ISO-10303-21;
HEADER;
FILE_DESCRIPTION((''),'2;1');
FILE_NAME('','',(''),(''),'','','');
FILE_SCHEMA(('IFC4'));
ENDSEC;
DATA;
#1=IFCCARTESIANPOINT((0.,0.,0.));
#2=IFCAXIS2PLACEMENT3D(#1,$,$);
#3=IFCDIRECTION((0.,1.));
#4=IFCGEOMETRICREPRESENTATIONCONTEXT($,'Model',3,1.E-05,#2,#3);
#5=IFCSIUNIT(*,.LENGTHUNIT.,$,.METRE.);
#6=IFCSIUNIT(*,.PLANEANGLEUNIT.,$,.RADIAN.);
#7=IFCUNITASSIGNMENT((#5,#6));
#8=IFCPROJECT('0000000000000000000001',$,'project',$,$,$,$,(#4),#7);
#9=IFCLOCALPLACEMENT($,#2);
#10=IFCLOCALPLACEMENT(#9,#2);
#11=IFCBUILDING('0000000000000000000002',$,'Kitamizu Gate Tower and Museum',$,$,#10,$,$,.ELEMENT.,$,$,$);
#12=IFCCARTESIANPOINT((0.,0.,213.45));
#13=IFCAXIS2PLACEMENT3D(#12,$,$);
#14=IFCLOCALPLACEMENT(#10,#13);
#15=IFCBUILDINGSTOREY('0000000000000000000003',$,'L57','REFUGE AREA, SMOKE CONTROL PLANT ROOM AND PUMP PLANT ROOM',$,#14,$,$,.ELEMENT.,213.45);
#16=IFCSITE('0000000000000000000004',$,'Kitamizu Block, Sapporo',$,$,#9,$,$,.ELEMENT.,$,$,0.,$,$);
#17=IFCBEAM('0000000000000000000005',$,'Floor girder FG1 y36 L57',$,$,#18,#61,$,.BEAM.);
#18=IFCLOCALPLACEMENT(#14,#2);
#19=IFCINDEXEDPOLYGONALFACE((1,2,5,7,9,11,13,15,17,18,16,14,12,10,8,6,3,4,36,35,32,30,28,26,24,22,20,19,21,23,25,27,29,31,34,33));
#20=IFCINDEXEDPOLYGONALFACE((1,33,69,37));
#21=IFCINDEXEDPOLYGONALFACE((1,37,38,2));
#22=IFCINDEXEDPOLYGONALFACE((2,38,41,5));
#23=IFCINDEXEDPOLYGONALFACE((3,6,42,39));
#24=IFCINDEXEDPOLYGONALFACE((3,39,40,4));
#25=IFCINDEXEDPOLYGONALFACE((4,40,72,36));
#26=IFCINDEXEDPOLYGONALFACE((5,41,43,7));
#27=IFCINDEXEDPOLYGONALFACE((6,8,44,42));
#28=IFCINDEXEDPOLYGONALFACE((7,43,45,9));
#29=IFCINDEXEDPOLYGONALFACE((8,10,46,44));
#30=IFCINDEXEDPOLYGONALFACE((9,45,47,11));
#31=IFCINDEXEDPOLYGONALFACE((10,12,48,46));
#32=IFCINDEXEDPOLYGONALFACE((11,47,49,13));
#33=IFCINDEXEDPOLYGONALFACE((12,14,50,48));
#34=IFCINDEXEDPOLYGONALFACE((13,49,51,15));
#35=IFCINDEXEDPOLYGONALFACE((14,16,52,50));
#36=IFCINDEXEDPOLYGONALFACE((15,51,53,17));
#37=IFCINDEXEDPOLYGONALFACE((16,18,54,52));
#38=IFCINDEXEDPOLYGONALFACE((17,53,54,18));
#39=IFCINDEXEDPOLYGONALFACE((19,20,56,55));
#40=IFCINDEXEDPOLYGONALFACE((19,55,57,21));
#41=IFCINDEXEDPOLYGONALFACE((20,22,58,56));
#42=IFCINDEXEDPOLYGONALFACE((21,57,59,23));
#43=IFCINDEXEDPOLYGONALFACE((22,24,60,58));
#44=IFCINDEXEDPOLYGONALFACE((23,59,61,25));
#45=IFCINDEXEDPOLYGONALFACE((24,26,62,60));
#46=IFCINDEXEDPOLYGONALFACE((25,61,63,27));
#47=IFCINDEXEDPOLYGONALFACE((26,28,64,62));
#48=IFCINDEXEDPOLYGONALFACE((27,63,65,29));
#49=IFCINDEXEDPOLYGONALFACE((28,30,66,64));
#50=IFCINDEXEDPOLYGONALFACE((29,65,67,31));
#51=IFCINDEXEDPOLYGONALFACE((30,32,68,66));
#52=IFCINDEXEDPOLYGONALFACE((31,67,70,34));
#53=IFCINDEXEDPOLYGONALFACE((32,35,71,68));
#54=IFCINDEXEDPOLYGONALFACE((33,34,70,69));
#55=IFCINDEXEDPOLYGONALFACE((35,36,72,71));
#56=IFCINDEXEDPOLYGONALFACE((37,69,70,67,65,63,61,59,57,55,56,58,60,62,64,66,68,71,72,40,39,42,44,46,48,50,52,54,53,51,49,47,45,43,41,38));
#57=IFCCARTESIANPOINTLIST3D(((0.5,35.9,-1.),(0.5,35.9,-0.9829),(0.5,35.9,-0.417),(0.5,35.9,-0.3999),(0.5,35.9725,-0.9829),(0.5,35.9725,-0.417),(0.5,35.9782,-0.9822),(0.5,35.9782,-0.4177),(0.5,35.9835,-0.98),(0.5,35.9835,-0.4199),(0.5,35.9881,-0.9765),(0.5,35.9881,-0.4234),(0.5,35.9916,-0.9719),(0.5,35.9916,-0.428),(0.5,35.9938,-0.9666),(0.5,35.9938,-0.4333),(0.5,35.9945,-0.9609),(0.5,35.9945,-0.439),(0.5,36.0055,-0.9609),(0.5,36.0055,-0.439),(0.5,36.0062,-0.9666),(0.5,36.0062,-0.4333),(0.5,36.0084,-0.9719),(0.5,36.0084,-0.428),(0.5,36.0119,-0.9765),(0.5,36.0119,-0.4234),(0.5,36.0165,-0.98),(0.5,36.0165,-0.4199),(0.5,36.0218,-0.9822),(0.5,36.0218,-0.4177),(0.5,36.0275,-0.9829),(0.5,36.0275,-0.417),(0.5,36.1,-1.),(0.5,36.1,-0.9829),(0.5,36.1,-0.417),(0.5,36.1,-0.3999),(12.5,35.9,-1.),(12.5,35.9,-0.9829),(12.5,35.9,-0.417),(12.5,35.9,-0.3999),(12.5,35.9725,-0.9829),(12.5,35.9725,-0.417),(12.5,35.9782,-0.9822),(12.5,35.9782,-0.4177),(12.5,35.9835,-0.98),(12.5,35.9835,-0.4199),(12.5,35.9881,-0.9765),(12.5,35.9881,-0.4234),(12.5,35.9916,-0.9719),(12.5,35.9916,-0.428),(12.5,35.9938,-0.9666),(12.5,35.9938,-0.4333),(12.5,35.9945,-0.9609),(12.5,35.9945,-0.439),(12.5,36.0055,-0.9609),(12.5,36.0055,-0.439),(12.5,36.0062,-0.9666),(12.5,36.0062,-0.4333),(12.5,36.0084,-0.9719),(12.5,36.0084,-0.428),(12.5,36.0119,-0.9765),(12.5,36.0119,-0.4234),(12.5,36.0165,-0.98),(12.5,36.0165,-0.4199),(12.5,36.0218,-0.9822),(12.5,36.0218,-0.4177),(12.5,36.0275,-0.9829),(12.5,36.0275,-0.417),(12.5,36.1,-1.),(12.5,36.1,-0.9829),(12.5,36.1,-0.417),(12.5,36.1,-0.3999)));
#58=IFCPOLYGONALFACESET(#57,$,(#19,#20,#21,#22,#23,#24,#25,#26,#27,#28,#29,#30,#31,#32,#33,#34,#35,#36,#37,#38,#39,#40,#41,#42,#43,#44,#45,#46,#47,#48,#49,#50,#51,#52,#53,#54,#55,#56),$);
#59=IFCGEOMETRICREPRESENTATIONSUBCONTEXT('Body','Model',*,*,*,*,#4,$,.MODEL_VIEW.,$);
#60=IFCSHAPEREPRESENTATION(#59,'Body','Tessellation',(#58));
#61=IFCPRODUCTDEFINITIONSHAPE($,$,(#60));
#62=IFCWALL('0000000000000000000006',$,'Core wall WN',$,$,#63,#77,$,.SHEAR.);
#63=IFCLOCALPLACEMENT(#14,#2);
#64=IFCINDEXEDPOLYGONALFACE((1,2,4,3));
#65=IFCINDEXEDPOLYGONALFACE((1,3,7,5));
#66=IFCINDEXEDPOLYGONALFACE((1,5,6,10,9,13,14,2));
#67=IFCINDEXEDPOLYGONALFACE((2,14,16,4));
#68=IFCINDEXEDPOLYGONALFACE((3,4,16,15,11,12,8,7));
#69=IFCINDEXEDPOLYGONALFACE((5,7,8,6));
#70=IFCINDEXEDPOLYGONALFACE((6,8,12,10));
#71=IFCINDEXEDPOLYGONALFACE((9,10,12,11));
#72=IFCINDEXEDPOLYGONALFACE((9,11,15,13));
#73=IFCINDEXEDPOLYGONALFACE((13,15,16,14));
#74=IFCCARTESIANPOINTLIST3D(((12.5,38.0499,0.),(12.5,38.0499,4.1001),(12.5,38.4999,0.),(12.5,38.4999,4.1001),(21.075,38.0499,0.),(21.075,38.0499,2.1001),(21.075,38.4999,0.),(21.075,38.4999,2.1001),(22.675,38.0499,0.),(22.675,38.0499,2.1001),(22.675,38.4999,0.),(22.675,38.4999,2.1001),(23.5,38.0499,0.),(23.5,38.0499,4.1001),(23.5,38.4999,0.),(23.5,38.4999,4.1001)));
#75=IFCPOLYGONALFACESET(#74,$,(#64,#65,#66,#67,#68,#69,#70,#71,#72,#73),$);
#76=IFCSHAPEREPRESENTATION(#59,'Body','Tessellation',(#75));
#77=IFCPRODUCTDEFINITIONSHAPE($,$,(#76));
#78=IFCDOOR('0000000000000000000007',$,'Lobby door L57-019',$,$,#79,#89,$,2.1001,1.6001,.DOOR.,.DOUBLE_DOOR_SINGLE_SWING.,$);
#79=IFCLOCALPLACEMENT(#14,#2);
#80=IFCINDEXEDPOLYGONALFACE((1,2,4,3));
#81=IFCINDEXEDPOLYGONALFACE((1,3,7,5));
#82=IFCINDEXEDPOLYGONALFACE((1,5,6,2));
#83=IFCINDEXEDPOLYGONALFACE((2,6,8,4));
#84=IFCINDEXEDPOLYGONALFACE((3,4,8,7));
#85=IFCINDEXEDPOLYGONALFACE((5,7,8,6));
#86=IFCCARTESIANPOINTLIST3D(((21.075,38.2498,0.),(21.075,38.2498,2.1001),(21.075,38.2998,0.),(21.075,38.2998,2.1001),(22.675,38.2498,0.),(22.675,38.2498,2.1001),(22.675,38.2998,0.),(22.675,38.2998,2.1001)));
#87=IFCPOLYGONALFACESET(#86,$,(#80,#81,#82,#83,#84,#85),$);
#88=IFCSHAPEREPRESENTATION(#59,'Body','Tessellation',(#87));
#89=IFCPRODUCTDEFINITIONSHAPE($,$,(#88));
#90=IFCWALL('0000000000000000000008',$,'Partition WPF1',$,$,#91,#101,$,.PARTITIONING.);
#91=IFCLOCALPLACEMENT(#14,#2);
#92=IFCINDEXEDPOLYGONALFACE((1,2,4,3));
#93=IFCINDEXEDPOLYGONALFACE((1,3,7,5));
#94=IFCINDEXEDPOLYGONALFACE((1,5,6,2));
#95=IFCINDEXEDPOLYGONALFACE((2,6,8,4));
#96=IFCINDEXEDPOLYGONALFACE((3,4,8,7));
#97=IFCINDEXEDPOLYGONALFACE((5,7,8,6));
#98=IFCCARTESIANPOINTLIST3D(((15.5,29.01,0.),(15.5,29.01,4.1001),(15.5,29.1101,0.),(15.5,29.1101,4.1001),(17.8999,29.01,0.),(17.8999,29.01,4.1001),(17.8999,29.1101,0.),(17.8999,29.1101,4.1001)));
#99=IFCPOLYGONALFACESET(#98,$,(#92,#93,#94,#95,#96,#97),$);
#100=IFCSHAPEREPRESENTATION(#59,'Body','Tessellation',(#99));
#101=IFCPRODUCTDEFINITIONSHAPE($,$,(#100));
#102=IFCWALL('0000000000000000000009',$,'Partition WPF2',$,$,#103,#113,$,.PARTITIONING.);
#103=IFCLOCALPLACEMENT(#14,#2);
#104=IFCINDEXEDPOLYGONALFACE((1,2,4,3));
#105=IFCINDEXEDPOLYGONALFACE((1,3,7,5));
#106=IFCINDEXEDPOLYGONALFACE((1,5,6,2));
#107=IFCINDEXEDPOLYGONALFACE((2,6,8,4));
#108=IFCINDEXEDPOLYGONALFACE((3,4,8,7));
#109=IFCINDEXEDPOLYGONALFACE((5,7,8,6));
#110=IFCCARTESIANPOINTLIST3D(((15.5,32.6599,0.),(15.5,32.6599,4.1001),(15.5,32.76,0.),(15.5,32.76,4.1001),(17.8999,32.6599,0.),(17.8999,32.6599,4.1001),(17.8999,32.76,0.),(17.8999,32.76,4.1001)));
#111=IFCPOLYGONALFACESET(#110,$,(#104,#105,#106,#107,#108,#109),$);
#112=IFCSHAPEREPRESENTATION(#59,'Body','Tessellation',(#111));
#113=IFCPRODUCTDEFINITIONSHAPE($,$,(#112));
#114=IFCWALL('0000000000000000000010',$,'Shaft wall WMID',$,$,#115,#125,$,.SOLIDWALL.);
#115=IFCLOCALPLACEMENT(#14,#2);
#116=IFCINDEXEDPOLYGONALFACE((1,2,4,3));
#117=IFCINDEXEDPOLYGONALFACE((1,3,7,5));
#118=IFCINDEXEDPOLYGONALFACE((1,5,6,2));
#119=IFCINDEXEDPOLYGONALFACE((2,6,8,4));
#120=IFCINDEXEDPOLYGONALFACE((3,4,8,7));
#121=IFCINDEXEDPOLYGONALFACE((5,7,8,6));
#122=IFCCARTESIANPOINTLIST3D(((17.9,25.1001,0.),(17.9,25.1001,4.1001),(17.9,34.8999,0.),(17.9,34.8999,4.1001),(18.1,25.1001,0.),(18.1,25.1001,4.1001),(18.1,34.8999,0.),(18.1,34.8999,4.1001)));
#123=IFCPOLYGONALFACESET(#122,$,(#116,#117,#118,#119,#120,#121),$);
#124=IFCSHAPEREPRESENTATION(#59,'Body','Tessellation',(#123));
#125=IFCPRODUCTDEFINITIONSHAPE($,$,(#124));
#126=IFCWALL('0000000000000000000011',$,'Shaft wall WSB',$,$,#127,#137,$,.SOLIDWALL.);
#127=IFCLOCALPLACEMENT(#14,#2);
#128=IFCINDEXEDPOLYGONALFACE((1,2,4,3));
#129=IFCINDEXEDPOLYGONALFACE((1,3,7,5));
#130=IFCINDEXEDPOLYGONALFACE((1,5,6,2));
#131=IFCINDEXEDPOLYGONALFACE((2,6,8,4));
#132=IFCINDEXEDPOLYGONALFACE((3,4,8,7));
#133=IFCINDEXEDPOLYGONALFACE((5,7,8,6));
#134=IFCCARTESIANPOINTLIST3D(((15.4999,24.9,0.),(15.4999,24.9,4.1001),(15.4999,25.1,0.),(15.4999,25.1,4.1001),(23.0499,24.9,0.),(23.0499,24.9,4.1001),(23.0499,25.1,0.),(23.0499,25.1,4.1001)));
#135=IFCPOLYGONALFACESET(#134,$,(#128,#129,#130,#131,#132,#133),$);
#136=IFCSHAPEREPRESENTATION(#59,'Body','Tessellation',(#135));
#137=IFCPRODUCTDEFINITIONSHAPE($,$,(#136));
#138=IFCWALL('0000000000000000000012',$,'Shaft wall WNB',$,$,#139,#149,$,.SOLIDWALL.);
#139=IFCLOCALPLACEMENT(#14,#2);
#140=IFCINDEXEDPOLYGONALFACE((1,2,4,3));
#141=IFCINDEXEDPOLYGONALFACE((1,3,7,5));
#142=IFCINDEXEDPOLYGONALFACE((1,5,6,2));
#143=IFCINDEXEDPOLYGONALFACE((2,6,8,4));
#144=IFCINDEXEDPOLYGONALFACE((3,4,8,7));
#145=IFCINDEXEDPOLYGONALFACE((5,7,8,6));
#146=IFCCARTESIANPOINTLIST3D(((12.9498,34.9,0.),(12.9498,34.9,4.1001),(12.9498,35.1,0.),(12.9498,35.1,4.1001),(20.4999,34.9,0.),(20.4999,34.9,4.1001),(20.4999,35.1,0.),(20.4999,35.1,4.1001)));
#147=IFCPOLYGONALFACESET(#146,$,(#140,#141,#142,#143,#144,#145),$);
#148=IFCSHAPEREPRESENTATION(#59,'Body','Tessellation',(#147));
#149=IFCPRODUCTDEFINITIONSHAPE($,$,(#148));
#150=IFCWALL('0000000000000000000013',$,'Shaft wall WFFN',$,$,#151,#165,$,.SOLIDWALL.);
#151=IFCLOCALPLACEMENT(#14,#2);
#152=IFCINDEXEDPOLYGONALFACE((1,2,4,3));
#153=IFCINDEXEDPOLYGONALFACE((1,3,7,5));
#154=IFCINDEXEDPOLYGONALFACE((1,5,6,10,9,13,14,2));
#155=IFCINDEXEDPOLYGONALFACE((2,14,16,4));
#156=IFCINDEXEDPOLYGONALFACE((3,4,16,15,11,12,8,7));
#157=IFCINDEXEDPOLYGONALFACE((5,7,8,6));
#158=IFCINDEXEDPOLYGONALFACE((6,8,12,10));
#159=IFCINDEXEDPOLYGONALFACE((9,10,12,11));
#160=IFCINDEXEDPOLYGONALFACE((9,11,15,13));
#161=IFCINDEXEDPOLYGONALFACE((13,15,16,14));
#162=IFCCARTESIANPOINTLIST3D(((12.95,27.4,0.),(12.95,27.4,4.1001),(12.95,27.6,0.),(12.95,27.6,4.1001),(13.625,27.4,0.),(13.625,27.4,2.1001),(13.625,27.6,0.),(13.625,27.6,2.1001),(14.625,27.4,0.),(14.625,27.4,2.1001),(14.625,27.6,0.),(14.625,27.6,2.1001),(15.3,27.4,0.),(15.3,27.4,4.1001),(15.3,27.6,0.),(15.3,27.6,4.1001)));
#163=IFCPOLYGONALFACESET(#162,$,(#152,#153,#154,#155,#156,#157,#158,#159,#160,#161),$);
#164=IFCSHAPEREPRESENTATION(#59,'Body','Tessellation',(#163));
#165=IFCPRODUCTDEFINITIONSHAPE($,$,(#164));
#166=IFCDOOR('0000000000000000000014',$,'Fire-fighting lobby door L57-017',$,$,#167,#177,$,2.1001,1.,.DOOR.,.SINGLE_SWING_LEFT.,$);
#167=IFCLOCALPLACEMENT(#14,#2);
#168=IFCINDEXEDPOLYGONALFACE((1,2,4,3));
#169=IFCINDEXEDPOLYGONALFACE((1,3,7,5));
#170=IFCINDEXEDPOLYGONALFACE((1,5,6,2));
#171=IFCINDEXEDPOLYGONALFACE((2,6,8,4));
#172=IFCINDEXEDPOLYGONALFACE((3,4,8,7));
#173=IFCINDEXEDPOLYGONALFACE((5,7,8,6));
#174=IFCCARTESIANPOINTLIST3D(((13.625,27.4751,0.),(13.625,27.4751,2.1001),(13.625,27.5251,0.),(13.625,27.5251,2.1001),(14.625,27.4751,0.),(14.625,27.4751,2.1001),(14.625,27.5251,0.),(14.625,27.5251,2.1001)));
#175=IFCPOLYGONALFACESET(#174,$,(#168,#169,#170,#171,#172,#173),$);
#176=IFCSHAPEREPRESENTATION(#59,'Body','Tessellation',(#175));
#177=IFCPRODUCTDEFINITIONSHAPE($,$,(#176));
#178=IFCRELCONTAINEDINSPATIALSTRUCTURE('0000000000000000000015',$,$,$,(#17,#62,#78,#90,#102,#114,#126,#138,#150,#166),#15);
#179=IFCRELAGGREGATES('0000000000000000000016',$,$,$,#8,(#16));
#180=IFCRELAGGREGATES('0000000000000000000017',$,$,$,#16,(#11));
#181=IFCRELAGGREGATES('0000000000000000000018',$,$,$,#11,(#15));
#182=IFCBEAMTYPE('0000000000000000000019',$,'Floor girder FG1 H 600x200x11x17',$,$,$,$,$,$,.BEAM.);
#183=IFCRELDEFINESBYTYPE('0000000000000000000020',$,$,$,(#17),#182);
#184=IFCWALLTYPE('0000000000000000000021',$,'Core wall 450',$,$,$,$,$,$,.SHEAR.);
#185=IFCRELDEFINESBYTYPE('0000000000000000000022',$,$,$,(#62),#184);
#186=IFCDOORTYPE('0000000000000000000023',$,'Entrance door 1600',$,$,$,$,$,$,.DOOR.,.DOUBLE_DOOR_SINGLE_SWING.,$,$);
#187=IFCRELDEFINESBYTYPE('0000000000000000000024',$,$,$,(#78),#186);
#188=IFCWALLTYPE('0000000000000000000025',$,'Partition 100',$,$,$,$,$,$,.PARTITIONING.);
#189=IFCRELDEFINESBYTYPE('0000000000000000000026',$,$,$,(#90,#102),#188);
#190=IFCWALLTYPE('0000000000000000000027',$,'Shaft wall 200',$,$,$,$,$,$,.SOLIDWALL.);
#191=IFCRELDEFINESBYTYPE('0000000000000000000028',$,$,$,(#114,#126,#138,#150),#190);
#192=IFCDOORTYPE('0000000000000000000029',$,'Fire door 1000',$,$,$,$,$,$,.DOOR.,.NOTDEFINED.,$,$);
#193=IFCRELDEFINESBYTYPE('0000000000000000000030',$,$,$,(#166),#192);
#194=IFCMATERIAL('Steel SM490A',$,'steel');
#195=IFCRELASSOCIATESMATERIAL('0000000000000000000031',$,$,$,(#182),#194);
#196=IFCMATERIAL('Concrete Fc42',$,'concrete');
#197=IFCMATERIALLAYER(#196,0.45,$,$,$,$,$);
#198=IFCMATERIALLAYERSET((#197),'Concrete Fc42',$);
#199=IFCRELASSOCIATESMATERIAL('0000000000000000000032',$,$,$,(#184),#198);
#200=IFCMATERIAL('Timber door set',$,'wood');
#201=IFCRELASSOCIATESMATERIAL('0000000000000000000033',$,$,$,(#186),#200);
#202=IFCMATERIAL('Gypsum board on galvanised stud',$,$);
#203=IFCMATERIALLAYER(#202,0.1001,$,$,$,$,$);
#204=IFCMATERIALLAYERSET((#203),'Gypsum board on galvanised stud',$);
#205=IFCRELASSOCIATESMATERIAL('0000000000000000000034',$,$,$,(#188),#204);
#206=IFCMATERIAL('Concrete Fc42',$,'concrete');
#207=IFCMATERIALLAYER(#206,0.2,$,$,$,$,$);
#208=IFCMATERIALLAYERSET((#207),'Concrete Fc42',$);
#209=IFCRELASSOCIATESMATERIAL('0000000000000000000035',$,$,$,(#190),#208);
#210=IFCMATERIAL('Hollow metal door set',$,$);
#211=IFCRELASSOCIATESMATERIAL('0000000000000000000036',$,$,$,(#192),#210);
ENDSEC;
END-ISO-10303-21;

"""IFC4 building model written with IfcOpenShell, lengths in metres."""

from ifc_helpers import new_model, si_unit, direction, frame, frame_2d, origin, origin_2d, place, context, subcontext, project, spatial, rectangle, i_section, extrude, material, layer, layer_set, material_profile, profile_set, type_object, element, fill, save


model = new_model("IFC4")

# Units and contexts
model_context = context("Model", 3, precision=1e-05, world=origin(), true_north=direction((0.0, 1.0)))
body_context = subcontext(model_context, "Body", "Model", "MODEL_VIEW")
ifc_project = project(units=[si_unit("LENGTHUNIT", "METRE"), si_unit("PLANEANGLEUNIT", "RADIAN")], contexts=[model_context])

# Site, building, storey
site_placement = place(None, origin())
site = spatial("IfcSite", under=ifc_project, at=site_placement, Name="Kitamizu Block, Sapporo", CompositionType="ELEMENT", RefElevation=0.0)
building_placement = place(site_placement, origin())
building = spatial("IfcBuilding", under=site, at=building_placement, Name="Kitamizu Gate Tower and Museum", CompositionType="ELEMENT")
storey_placement = place(building_placement, frame((0.0, 0.0, 213.45)))
storey = spatial("IfcBuildingStorey", under=building, at=storey_placement, Name="L57", Description="REFUGE AREA, SMOKE CONTROL PLANT ROOM AND PUMP PLANT ROOM", CompositionType="ELEMENT", Elevation=213.45)

# Beam
ifc_material_1 = material(Name="Steel SM490A", Category="steel")
ifc_material_profile = material_profile(ifc_material_1, i_section(OverallWidth=0.2, OverallDepth=0.6001, WebThickness=0.011, FlangeThickness=0.0171, FilletRadius=0.022, at=origin_2d()), Name="H-600x200x11x17")
ifc_profile_set = profile_set([ifc_material_profile], Name="Steel SM490A")
beam_type = type_object("IfcBeamType", Name="Floor girder FG1 H 600x200x11x17", PredefinedType="BEAM", material=ifc_profile_set)
beam_placement = place(storey_placement, frame((0.5, 36.0, -0.7), z_axis=(1.0, 0.0, 0.0), x_axis=(0.0, 1.0, 0.0)))
element("IfcBeam", 1, at=beam_placement, inside=storey, type_object=beam_type, Name="Floor girder FG1 y36 L57", PredefinedType="BEAM", context=body_context, shape_type="SweptSolid", body=[
    extrude(i_section(OverallWidth=0.2, OverallDepth=0.6001, WebThickness=0.011, FlangeThickness=0.0171, FilletRadius=0.022, at=origin_2d()), origin(), (0.0, 0.0, 1.0), 12.0),
])

# Wall, opening, door
ifc_material_2 = material(Name="Concrete Fc42", Category="concrete")
ifc_layer_1 = layer(ifc_material_2, 0.45)
ifc_layer_set_1 = layer_set([ifc_layer_1], Name="Concrete Fc42")
wall_type_1 = type_object("IfcWallType", Name="Core wall 450", PredefinedType="SHEAR", material=ifc_layer_set_1)
wall_1_placement = place(storey_placement, frame((12.5, 38.2749, 0.0), z_axis=(0.0, 0.0, 1.0), x_axis=(1.0, 0.0, 0.0)))
wall_1 = element("IfcWall", 2, at=wall_1_placement, inside=storey, type_object=wall_type_1, Name="Core wall WN", PredefinedType="SHEAR", context=body_context, shape_type="SweptSolid", body=[
    extrude(rectangle(XDim=11.0, YDim=0.45, at=frame_2d((5.5, 0.0))), origin(), (0.0, 0.0, 1.0), 4.1001),
])
opening_1_placement = place(wall_1_placement, frame((8.575, 0.0, 0.0)))
opening_1 = element("IfcOpeningElement", 3, at=opening_1_placement, cuts=wall_1, PredefinedType="OPENING", context=body_context, shape_type="SweptSolid", body=[
    extrude(rectangle(XDim=1.6001, YDim=2.1001, at=frame_2d((0.8, 1.05))), frame((0.0, 0.2349, 0.0), z_axis=(0.0, -1.0, 0.0), x_axis=(1.0, 0.0, 0.0)), (0.0, 0.0, 1.0), 0.47),
])
ifc_material_3 = material(Name="Timber door set", Category="wood")
door_type_1 = type_object("IfcDoorType", Name="Entrance door 1600", OperationType="DOUBLE_DOOR_SINGLE_SWING", PredefinedType="DOOR", material=ifc_material_3)
door_1_placement = place(opening_1_placement, origin())
door_1 = element("IfcDoor", 4, at=door_1_placement, inside=storey, type_object=door_type_1, Name="Lobby door L57-019", OperationType="DOUBLE_DOOR_SINGLE_SWING", OverallHeight=2.1001, OverallWidth=1.6001, PredefinedType="DOOR", context=body_context, shape_type="SweptSolid", body=[
    extrude(rectangle(XDim=1.6001, YDim=2.1001, at=frame_2d((0.8, 1.05))), frame((0.0, 0.0249, 0.0), z_axis=(0.0, -1.0, 0.0), x_axis=(1.0, 0.0, 0.0)), (0.0, 0.0, 1.0), 0.05),
])
fill(opening_1, door_1)

# Walls
ifc_material_4 = material(Name="Gypsum board on galvanised stud")
ifc_layer_2 = layer(ifc_material_4, 0.1001)
ifc_layer_set_2 = layer_set([ifc_layer_2], Name="Gypsum board on galvanised stud")
wall_type_2 = type_object("IfcWallType", Name="Partition 100", PredefinedType="PARTITIONING", material=ifc_layer_set_2)
for number, where, z_axis, x_axis, name in (
    (5, (15.5, 29.0601, 0.0), (0.0, 0.0, 1.0), (1.0, 0.0, 0.0), "Partition WPF1"),
    (6, (15.5, 32.71, 0.0), (0.0, 0.0, 1.0), (1.0, 0.0, 0.0), "Partition WPF2"),
):
    element("IfcWall", number, at=place(storey_placement, frame(where, z_axis=z_axis, x_axis=x_axis)), inside=storey, type_object=wall_type_2, Name=name, PredefinedType="PARTITIONING", context=body_context, shape_type="SweptSolid", body=[
        extrude(rectangle(XDim=2.3999, YDim=0.1001, at=frame_2d((1.2, 0.0))), origin(), (0.0, 0.0, 1.0), 4.1001),
    ])
ifc_material_5 = material(Name="Concrete Fc42", Category="concrete")
ifc_layer_3 = layer(ifc_material_5, 0.2)
ifc_layer_set_3 = layer_set([ifc_layer_3], Name="Concrete Fc42")
wall_type_3 = type_object("IfcWallType", Name="Shaft wall 200", PredefinedType="SOLIDWALL", material=ifc_layer_set_3)
wall_2_placement = place(storey_placement, frame((18.0, 25.1001, 0.0), z_axis=(0.0, 0.0, 1.0), x_axis=(0.0, 1.0, 0.0)))
element("IfcWall", 7, at=wall_2_placement, inside=storey, type_object=wall_type_3, Name="Shaft wall WMID", PredefinedType="SOLIDWALL", context=body_context, shape_type="SweptSolid", body=[
    extrude(rectangle(XDim=9.7998, YDim=0.2, at=frame_2d((4.8999, 0.0))), origin(), (0.0, 0.0, 1.0), 4.1001),
])
for number, where, z_axis, x_axis, name in (
    (8, (15.5, 25.0, 0.0), (0.0, 0.0, 1.0), (1.0, 0.0, 0.0), "Shaft wall WSB"),
    (9, (12.95, 35.0, 0.0), (0.0, 0.0, 1.0), (1.0, 0.0, 0.0), "Shaft wall WNB"),
):
    element("IfcWall", number, at=place(storey_placement, frame(where, z_axis=z_axis, x_axis=x_axis)), inside=storey, type_object=wall_type_3, Name=name, PredefinedType="SOLIDWALL", context=body_context, shape_type="SweptSolid", body=[
        extrude(rectangle(XDim=7.55, YDim=0.2, at=frame_2d((3.7749, 0.0))), origin(), (0.0, 0.0, 1.0), 4.1001),
    ])

# Wall, opening, door
wall_3_placement = place(storey_placement, frame((12.95, 27.5, 0.0), z_axis=(0.0, 0.0, 1.0), x_axis=(1.0, 0.0, 0.0)))
wall_3 = element("IfcWall", 10, at=wall_3_placement, inside=storey, type_object=wall_type_3, Name="Shaft wall WFFN", PredefinedType="SOLIDWALL", context=body_context, shape_type="SweptSolid", body=[
    extrude(rectangle(XDim=2.3501, YDim=0.2, at=frame_2d((1.175, 0.0))), origin(), (0.0, 0.0, 1.0), 4.1001),
])
opening_2_placement = place(wall_3_placement, frame((0.675, 0.0, 0.0)))
opening_2 = element("IfcOpeningElement", 11, at=opening_2_placement, cuts=wall_3, PredefinedType="OPENING", context=body_context, shape_type="SweptSolid", body=[
    extrude(rectangle(XDim=1.0, YDim=2.1001, at=frame_2d((0.5, 1.05))), frame((0.0, 0.1099, 0.0), z_axis=(0.0, -1.0, 0.0), x_axis=(1.0, 0.0, 0.0)), (0.0, 0.0, 1.0), 0.22),
])
ifc_material_6 = material(Name="Hollow metal door set")
door_type_2 = type_object("IfcDoorType", Name="Fire door 1000", OperationType="NOTDEFINED", PredefinedType="DOOR", material=ifc_material_6)
door_2_placement = place(opening_2_placement, frame((1.0, 0.0, 0.0), x_axis=(-1.0, 0.0, 0.0)))
door_2 = element("IfcDoor", 12, at=door_2_placement, inside=storey, type_object=door_type_2, Name="Fire-fighting lobby door L57-017", OperationType="SINGLE_SWING_LEFT", OverallHeight=2.1001, OverallWidth=1.0, PredefinedType="DOOR", context=body_context, shape_type="SweptSolid", body=[
    extrude(rectangle(XDim=1.0, YDim=2.1001, at=frame_2d((0.5, 1.05))), frame((0.0, 0.0249, 0.0), z_axis=(0.0, -1.0, 0.0), x_axis=(1.0, 0.0, 0.0)), (0.0, 0.0, 1.0), 0.05),
])
fill(opening_2, door_2)

save(model, "model.ifc")
